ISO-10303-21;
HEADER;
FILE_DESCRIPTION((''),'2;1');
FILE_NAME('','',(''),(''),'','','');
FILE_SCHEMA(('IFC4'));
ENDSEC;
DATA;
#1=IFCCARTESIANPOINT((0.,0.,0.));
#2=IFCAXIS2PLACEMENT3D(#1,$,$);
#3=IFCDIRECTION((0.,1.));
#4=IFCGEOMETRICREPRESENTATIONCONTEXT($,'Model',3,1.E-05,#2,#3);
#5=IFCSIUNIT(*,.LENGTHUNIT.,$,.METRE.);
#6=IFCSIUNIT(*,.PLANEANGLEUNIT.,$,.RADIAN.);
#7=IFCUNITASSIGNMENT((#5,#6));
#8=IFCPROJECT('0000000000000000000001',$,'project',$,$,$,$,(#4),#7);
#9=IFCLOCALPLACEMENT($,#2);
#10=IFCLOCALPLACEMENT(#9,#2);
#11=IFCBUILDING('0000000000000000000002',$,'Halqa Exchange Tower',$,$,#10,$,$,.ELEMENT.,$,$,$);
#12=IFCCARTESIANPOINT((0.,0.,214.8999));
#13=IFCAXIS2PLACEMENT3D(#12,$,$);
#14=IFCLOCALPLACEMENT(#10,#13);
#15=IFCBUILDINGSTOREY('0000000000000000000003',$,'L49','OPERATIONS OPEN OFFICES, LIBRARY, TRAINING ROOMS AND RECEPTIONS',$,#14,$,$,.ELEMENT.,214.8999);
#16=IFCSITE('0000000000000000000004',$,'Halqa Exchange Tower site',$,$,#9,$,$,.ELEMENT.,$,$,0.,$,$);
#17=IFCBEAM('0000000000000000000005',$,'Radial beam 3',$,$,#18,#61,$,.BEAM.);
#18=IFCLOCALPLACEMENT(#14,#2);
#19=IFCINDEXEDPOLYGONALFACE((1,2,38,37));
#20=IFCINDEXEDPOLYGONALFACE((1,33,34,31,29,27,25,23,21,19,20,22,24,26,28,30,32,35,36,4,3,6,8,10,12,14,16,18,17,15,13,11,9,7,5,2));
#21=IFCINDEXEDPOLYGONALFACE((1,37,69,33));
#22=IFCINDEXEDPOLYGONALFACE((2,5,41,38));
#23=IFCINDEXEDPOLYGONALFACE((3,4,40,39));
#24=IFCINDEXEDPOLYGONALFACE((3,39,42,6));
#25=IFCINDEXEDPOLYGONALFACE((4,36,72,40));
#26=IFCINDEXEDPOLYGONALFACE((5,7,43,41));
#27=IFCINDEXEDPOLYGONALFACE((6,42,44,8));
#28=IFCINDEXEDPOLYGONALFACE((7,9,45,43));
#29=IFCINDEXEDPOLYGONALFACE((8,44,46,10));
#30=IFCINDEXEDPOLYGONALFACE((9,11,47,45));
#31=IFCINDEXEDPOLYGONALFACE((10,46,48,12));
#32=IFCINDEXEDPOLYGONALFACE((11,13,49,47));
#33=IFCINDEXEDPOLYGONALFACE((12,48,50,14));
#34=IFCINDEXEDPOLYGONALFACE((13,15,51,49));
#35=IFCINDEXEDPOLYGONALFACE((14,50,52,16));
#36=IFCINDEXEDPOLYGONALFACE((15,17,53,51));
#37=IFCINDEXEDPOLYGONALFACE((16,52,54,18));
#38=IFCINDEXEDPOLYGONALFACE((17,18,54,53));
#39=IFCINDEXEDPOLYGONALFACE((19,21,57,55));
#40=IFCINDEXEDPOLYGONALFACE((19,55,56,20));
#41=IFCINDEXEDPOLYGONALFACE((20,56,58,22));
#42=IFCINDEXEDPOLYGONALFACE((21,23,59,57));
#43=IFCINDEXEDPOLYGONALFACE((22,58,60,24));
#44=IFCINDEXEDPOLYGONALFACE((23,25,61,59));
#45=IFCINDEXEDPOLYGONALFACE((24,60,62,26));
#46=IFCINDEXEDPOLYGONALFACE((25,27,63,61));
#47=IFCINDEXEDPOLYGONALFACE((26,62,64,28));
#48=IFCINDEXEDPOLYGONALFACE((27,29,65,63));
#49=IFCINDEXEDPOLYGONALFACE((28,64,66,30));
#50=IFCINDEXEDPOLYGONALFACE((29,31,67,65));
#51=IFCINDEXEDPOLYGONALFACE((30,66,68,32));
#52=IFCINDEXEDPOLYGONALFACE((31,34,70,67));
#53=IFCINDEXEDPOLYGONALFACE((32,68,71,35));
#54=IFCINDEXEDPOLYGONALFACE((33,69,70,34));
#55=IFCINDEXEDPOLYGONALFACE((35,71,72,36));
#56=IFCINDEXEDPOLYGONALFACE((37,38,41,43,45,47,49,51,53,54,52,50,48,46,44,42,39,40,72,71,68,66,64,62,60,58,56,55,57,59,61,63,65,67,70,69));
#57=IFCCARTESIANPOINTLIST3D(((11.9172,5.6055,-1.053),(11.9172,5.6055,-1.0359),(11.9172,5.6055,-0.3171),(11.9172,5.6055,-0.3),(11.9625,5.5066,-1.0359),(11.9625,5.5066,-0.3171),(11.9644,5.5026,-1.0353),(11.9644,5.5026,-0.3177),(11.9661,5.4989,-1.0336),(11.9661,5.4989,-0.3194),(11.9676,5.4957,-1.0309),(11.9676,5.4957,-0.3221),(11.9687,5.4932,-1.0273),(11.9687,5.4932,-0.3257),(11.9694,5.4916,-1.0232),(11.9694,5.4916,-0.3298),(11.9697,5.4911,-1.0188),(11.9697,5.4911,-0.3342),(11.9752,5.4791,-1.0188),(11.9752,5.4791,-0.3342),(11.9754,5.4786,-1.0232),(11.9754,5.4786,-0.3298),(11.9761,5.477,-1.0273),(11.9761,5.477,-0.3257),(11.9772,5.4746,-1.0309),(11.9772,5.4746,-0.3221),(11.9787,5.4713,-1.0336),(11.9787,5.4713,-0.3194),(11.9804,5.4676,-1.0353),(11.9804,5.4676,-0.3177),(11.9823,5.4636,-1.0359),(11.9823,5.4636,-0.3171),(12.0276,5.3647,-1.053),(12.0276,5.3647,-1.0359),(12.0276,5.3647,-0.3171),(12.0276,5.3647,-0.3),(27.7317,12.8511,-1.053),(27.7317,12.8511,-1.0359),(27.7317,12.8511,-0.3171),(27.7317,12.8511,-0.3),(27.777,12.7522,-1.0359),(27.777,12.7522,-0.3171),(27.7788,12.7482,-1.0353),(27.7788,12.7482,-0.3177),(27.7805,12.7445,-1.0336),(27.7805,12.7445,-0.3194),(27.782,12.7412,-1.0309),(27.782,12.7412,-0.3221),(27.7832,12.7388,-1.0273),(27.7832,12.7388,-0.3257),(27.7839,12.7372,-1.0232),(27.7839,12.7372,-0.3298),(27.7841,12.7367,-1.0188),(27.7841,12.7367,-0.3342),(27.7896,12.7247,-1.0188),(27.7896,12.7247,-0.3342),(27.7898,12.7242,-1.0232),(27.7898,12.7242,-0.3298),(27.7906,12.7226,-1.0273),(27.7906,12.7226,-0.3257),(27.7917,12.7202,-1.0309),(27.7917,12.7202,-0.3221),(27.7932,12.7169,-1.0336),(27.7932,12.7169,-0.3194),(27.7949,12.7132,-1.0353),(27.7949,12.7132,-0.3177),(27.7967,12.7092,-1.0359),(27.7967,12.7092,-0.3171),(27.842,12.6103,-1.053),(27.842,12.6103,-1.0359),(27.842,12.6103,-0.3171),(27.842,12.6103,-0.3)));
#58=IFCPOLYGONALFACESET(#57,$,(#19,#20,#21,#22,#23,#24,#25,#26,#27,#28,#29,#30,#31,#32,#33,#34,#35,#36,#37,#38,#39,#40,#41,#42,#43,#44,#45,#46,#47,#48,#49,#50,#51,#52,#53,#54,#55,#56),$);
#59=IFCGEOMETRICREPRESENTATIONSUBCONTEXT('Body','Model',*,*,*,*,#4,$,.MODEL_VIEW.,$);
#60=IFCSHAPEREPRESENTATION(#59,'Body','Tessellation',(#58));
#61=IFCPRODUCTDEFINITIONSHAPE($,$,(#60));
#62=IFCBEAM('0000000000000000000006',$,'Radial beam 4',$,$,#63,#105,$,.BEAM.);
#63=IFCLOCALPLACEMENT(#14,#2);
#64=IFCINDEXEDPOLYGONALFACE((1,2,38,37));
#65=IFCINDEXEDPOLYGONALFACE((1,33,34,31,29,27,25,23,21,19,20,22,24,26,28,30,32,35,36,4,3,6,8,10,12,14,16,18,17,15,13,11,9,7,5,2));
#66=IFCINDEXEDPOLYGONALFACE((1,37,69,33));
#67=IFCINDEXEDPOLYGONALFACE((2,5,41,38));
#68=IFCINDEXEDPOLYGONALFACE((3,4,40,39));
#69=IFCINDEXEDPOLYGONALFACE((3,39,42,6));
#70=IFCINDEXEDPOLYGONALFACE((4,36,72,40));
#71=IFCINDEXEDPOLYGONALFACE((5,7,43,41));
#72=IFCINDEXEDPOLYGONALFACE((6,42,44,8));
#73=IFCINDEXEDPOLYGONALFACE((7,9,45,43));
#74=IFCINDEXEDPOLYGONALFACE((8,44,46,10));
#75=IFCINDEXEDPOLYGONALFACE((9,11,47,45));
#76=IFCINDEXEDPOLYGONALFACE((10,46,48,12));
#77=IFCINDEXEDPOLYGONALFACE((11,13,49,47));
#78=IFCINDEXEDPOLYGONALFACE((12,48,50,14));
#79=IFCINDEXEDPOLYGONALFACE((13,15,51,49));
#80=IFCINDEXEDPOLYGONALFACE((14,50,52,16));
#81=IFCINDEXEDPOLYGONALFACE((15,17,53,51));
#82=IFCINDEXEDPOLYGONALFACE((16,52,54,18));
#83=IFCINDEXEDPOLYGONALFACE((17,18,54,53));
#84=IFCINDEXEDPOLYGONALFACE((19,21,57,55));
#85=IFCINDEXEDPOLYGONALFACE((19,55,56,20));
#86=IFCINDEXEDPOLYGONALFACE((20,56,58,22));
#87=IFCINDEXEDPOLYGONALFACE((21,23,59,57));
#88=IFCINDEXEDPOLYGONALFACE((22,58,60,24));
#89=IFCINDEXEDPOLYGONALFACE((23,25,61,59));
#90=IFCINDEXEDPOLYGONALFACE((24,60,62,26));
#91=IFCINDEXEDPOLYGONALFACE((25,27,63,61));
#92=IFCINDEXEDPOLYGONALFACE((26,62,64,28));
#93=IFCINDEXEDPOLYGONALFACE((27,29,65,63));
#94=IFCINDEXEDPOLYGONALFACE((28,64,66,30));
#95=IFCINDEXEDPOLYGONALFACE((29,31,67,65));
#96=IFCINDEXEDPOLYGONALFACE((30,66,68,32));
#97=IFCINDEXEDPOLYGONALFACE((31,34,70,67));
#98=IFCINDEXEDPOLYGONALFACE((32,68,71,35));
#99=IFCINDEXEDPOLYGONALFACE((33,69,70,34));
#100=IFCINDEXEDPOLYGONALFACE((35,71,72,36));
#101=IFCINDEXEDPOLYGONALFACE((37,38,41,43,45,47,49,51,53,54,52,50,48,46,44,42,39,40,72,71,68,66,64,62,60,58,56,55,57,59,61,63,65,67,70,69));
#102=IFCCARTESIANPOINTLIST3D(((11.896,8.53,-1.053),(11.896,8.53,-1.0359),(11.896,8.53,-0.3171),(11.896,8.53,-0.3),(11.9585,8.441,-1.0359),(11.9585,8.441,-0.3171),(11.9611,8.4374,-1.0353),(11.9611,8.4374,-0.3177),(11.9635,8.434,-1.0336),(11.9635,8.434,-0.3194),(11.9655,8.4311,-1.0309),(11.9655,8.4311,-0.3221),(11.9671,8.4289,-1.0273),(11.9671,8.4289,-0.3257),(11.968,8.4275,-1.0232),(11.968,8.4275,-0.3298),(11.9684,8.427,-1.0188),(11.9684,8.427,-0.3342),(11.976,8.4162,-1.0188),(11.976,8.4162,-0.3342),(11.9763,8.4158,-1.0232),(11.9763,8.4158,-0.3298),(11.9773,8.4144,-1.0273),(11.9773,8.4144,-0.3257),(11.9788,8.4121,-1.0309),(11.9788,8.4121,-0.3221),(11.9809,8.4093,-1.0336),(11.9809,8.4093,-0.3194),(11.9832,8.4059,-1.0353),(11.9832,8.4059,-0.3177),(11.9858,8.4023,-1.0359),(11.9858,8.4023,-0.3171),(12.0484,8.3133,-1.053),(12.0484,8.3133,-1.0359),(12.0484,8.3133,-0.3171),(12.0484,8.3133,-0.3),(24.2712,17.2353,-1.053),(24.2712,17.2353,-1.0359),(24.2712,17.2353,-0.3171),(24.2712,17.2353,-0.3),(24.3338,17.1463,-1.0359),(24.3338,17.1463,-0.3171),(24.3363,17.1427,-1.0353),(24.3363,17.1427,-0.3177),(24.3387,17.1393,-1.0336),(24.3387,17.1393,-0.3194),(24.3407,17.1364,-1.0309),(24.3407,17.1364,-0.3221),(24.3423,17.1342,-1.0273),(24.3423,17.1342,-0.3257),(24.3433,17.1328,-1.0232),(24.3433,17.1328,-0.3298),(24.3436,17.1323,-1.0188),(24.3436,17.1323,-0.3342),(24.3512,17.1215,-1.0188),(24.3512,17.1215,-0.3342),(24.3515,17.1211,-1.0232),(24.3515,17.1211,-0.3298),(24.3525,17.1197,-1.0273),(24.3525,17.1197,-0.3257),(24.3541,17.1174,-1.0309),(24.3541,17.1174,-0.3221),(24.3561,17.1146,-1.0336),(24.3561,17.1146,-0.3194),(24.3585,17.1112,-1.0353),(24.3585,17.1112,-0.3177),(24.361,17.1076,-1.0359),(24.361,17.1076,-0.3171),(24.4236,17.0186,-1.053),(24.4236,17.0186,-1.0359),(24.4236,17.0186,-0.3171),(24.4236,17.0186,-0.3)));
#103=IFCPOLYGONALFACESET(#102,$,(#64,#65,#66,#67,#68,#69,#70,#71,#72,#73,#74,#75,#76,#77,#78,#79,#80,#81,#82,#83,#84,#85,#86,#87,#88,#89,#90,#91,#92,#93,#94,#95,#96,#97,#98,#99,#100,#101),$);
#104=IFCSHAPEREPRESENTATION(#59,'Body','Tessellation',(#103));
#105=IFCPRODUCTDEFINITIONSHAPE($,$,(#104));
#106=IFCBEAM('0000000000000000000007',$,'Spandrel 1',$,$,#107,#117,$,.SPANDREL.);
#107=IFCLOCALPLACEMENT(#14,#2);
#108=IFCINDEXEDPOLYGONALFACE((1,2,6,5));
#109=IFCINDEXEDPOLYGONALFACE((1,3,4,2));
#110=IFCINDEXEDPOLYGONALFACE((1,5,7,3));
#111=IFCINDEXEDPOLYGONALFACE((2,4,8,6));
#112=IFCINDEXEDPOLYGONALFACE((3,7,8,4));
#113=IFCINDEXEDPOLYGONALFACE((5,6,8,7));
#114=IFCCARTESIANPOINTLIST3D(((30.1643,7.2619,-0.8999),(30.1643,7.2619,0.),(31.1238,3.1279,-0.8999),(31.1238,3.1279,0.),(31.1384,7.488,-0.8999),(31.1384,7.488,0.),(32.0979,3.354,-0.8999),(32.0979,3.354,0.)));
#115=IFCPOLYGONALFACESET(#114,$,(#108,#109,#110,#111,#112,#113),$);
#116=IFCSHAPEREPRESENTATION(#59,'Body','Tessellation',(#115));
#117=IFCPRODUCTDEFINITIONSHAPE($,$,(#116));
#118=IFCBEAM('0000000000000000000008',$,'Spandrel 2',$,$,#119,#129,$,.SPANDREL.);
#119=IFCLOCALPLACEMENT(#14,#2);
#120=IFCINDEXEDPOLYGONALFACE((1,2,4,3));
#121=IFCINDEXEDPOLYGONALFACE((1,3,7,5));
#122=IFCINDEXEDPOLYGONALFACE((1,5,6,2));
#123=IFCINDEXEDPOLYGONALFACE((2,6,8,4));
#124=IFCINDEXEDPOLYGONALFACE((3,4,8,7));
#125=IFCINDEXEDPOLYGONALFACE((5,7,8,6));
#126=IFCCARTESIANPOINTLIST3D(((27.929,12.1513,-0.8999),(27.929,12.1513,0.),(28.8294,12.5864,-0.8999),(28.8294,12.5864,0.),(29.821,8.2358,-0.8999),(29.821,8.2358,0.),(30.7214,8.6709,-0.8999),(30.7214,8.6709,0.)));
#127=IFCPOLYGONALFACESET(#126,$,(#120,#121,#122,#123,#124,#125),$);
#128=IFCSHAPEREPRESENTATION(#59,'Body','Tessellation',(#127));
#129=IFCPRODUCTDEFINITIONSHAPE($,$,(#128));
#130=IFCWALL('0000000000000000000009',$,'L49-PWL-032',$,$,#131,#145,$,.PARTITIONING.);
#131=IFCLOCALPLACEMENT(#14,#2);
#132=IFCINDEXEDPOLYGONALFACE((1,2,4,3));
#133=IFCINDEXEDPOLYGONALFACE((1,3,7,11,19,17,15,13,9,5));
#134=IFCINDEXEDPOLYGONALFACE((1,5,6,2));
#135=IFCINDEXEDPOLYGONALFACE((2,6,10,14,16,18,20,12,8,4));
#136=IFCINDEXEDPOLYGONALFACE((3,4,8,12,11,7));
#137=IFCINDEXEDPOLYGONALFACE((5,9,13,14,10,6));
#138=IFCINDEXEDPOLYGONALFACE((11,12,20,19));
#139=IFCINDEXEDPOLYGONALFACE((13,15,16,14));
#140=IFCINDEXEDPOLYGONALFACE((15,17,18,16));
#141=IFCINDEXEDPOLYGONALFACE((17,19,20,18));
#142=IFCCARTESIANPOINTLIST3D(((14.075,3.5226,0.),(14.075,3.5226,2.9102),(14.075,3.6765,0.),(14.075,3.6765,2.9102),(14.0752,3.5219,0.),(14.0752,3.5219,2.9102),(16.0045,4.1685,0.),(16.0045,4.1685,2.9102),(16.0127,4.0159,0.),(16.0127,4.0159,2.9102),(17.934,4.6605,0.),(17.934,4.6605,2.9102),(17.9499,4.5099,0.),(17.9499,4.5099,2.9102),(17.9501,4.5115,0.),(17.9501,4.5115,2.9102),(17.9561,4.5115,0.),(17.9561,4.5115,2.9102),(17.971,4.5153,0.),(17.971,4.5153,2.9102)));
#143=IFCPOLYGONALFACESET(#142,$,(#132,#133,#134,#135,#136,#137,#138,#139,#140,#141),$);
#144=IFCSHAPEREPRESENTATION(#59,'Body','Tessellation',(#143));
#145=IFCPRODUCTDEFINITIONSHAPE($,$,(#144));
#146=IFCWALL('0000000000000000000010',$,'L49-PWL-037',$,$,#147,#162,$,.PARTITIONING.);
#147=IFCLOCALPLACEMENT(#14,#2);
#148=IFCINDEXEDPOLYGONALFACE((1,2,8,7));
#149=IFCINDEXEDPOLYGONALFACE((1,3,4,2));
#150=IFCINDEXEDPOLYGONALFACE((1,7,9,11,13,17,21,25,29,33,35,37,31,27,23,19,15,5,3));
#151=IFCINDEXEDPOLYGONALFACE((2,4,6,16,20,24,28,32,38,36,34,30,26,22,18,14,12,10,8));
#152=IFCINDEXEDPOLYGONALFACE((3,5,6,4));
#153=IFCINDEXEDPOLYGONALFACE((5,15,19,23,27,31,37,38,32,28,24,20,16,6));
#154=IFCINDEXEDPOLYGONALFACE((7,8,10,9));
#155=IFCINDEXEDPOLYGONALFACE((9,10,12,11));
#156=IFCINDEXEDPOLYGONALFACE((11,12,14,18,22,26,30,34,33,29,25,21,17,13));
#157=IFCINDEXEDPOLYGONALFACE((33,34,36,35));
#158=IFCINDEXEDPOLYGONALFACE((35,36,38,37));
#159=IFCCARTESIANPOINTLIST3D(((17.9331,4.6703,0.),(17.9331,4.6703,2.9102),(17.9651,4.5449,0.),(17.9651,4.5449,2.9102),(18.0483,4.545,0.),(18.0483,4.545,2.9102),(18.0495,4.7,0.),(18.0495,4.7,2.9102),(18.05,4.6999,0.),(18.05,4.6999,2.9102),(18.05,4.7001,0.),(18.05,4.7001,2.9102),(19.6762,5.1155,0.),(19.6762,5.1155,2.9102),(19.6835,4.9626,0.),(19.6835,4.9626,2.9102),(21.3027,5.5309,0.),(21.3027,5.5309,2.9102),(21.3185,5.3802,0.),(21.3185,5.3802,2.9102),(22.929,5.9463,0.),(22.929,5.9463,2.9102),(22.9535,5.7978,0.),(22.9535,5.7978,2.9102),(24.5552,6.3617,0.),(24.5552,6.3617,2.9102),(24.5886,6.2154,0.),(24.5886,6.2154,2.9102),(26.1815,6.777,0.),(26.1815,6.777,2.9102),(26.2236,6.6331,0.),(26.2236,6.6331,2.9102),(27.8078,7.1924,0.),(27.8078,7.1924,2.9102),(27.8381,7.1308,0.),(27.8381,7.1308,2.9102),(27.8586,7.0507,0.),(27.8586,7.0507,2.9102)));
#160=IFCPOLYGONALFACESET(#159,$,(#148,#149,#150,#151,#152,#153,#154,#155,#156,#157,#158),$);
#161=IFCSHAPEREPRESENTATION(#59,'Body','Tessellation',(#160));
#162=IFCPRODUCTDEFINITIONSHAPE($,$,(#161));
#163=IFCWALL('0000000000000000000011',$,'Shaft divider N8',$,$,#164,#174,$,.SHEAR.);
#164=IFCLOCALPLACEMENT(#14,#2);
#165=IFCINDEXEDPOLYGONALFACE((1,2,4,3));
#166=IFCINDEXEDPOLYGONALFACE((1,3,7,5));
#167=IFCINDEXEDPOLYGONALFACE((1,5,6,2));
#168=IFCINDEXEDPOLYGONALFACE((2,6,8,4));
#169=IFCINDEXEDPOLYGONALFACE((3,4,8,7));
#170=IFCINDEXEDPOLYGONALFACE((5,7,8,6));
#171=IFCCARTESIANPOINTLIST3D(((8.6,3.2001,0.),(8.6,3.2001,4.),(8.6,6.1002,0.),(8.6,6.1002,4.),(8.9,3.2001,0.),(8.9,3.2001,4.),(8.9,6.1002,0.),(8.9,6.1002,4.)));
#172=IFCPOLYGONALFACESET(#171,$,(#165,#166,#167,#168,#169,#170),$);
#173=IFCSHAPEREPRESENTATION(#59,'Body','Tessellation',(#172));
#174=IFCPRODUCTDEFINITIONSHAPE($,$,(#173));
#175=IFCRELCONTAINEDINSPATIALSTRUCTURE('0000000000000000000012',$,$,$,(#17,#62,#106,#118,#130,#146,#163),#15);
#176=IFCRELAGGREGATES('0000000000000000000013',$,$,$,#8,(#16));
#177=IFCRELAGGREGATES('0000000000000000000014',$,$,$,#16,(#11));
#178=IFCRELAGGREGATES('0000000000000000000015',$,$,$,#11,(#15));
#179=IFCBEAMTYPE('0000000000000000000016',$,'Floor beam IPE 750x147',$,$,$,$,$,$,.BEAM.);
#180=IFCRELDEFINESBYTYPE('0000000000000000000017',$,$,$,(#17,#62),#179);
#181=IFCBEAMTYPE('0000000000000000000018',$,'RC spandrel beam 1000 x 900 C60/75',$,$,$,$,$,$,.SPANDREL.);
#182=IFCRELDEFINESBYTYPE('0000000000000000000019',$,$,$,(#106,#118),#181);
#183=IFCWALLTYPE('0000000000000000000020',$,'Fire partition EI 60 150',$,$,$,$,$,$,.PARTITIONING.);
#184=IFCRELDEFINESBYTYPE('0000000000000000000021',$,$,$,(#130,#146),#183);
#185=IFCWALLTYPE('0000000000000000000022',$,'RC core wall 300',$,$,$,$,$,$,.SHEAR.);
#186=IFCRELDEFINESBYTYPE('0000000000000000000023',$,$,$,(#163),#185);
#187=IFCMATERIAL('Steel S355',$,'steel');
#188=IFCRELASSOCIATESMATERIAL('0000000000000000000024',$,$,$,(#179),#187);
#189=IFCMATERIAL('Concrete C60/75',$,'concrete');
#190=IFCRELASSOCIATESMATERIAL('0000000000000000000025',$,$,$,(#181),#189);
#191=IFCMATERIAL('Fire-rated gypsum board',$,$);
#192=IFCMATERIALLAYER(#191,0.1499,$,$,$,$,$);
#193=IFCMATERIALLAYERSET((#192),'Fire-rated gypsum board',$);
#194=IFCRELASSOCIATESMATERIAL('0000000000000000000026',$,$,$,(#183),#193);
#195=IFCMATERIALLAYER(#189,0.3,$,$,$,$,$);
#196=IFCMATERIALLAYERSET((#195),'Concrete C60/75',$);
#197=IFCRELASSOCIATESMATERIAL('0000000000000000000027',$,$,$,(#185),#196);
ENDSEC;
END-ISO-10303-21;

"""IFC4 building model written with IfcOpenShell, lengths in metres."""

from ifc_helpers import new_model, si_unit, direction, frame, frame_2d, origin, origin_2d, place, context, subcontext, project, spatial, polyline, rectangle, i_section, outline, extrude, material, layer, layer_set, material_profile, profile_set, type_object, element, save


model = new_model("IFC4")

# Units and contexts
model_context = context("Model", 3, precision=1e-05, world=origin(), true_north=direction((0.0, 1.0)))
body_context = subcontext(model_context, "Body", "Model", "MODEL_VIEW")
ifc_project = project(units=[si_unit("LENGTHUNIT", "METRE"), si_unit("PLANEANGLEUNIT", "RADIAN")], contexts=[model_context])

# Site, building, storey
site_placement = place(None, origin())
site = spatial("IfcSite", under=ifc_project, at=site_placement, Name="Halqa Exchange Tower site", CompositionType="ELEMENT", RefElevation=0.0)
building_placement = place(site_placement, origin())
building = spatial("IfcBuilding", under=site, at=building_placement, Name="Halqa Exchange Tower", CompositionType="ELEMENT")
storey_placement = place(building_placement, frame((0.0, 0.0, 214.8999)))
storey = spatial("IfcBuildingStorey", under=building, at=storey_placement, Name="L49", Description="OPERATIONS OPEN OFFICES, LIBRARY, TRAINING ROOMS AND RECEPTIONS", CompositionType="ELEMENT", Elevation=214.8999)

# Shared definitions
ifc_material_1 = material(Name="Concrete C60/75", Category="concrete")

# Beams
ifc_material_2 = material(Name="Steel S355", Category="steel")
ifc_material_profile_1 = material_profile(ifc_material_2, i_section(OverallWidth=0.2649, OverallDepth=0.7529, WebThickness=0.0132, FlangeThickness=0.0171, FilletRadius=0.0171, at=origin_2d()), Name="IPE 750x147")
ifc_profile_set_1 = profile_set([ifc_material_profile_1], Name="Steel S355")
beam_type_1 = type_object("IfcBeamType", Name="Floor beam IPE 750x147", PredefinedType="BEAM", material=ifc_profile_set_1)
beam_1_placement = place(storey_placement, frame((11.9724, 5.4851, -0.6765), z_axis=(0.909123, 0.416527, 0.0), x_axis=(-0.416527, 0.909123, 0.0)))
element("IfcBeam", 1, at=beam_1_placement, inside=storey, type_object=beam_type_1, Name="Radial beam 3", PredefinedType="BEAM", context=body_context, shape_type="SweptSolid", body=[
    extrude(i_section(OverallWidth=0.2649, OverallDepth=0.7529, WebThickness=0.0132, FlangeThickness=0.0171, FilletRadius=0.0171, at=origin_2d()), origin(), (0.0, 0.0, 1.0), 17.3953),
])
beam_2_placement = place(storey_placement, frame((11.9722, 8.4216, -0.6765), z_axis=(0.817905, 0.575353, 0.0), x_axis=(-0.575353, 0.817905, 0.0)))
element("IfcBeam", 2, at=beam_2_placement, inside=storey, type_object=beam_type_1, Name="Radial beam 4", PredefinedType="BEAM", context=body_context, shape_type="SweptSolid", body=[
    extrude(i_section(OverallWidth=0.2649, OverallDepth=0.7529, WebThickness=0.0132, FlangeThickness=0.0171, FilletRadius=0.0171, at=origin_2d()), origin(), (0.0, 0.0, 1.0), 15.1304),
])
ifc_material_profile_2 = material_profile(ifc_material_1, rectangle(XDim=1.0, YDim=0.8999, at=origin_2d()), Name="1000 x 900")
ifc_profile_set_2 = profile_set([ifc_material_profile_2], Name="Concrete C60/75")
beam_type_2 = type_object("IfcBeamType", Name="RC spandrel beam 1000 x 900 C60/75", PredefinedType="SPANDREL", material=ifc_profile_set_2)
beam_3_placement = place(storey_placement, frame((31.6108, 3.241, -0.45), z_axis=(-0.226082, 0.974108, 0.0), x_axis=(-0.974108, -0.226082, 0.0)))
element("IfcBeam", 3, at=beam_3_placement, inside=storey, type_object=beam_type_2, Name="Spandrel 1", PredefinedType="SPANDREL", context=body_context, shape_type="SweptSolid", body=[
    extrude(rectangle(XDim=1.0, YDim=0.8999, at=origin_2d()), origin(), (0.0, 0.0, 1.0), 4.2439),
])
beam_4_placement = place(storey_placement, frame((30.2712, 8.4534, -0.45), z_axis=(-0.435091, 0.900386, 0.0), x_axis=(-0.900386, -0.435091, 0.0)))
element("IfcBeam", 4, at=beam_4_placement, inside=storey, type_object=beam_type_2, Name="Spandrel 2", PredefinedType="SPANDREL", context=body_context, shape_type="SweptSolid", body=[
    extrude(rectangle(XDim=1.0, YDim=0.8999, at=origin_2d()), origin(), (0.0, 0.0, 1.0), 4.3486),
])

# Walls
ifc_material_3 = material(Name="Fire-rated gypsum board")
ifc_layer_1 = layer(ifc_material_3, 0.1499)
ifc_layer_set_1 = layer_set([ifc_layer_1], Name="Fire-rated gypsum board")
wall_type_1 = type_object("IfcWallType", Name="Fire partition EI 60 150", PredefinedType="PARTITIONING", material=ifc_layer_set_1)
wall_1_placement = place(storey_placement, frame((14.0566, 3.5945, 0.0), z_axis=(0.0, 0.0, 1.0), x_axis=(0.968992, 0.247091, 0.0)))
element("IfcWall", 5, at=wall_1_placement, inside=storey, type_object=wall_type_1, Name="L49-PWL-032", PredefinedType="PARTITIONING", context=body_context, shape_type="SweptSolid", body=[
    extrude(outline(polyline([(0.0, -0.075), (1.9995, -0.075), (3.9988, -0.075), (3.9993, -0.0735), (4.0051, -0.075), (4.0205, -0.075), (4.0205, 0.075), (2.0293, 0.075), (0.0381, 0.075), (0.0, -0.0742), (0.0, -0.075)])), origin(), (0.0, 0.0, 1.0), 2.9102),
])
wall_2_placement = place(storey_placement, frame((17.9517, 4.5977, 0.0), z_axis=(0.0, 0.0, 1.0), x_axis=(0.968896, 0.247469, 0.0)))
element("IfcWall", 6, at=wall_2_placement, inside=storey, type_object=wall_type_1, Name="L49-PWL-037", PredefinedType="PARTITIONING", context=body_context, shape_type="SweptSolid", body=[
    extrude(outline(polyline([(10.2058, -0.075), (10.2058, 0.0078), (10.1917, 0.075), (8.5132, 0.075), (6.8347, 0.075), (5.1562, 0.075), (3.4778, 0.075), (1.7991, 0.075), (0.1206, 0.075), (0.1206, 0.0747), (0.1201, 0.075), (0.0, 0.075), (0.0, -0.0544), (0.0806, -0.075), (1.7683, -0.075), (3.4558, -0.075), (5.1433, -0.075), (6.8308, -0.075), (8.5183, -0.075), (10.2058, -0.075)])), origin(), (0.0, 0.0, 1.0), 2.9102),
])
ifc_layer_2 = layer(ifc_material_1, 0.3)
ifc_layer_set_2 = layer_set([ifc_layer_2], Name="Concrete C60/75")
wall_type_2 = type_object("IfcWallType", Name="RC core wall 300", PredefinedType="SHEAR", material=ifc_layer_set_2)
wall_3_placement = place(storey_placement, frame((8.75, 3.2, 0.0), z_axis=(0.0, 0.0, 1.0), x_axis=(0.0, 1.0, 0.0)))
element("IfcWall", 7, at=wall_3_placement, inside=storey, type_object=wall_type_2, Name="Shaft divider N8", PredefinedType="SHEAR", context=body_context, shape_type="SweptSolid", body=[
    extrude(rectangle(XDim=2.9001, YDim=0.3, at=frame_2d((1.4502, 0.0))), origin(), (0.0, 0.0, 1.0), 4.0),
])

save(model, "model.ifc")
